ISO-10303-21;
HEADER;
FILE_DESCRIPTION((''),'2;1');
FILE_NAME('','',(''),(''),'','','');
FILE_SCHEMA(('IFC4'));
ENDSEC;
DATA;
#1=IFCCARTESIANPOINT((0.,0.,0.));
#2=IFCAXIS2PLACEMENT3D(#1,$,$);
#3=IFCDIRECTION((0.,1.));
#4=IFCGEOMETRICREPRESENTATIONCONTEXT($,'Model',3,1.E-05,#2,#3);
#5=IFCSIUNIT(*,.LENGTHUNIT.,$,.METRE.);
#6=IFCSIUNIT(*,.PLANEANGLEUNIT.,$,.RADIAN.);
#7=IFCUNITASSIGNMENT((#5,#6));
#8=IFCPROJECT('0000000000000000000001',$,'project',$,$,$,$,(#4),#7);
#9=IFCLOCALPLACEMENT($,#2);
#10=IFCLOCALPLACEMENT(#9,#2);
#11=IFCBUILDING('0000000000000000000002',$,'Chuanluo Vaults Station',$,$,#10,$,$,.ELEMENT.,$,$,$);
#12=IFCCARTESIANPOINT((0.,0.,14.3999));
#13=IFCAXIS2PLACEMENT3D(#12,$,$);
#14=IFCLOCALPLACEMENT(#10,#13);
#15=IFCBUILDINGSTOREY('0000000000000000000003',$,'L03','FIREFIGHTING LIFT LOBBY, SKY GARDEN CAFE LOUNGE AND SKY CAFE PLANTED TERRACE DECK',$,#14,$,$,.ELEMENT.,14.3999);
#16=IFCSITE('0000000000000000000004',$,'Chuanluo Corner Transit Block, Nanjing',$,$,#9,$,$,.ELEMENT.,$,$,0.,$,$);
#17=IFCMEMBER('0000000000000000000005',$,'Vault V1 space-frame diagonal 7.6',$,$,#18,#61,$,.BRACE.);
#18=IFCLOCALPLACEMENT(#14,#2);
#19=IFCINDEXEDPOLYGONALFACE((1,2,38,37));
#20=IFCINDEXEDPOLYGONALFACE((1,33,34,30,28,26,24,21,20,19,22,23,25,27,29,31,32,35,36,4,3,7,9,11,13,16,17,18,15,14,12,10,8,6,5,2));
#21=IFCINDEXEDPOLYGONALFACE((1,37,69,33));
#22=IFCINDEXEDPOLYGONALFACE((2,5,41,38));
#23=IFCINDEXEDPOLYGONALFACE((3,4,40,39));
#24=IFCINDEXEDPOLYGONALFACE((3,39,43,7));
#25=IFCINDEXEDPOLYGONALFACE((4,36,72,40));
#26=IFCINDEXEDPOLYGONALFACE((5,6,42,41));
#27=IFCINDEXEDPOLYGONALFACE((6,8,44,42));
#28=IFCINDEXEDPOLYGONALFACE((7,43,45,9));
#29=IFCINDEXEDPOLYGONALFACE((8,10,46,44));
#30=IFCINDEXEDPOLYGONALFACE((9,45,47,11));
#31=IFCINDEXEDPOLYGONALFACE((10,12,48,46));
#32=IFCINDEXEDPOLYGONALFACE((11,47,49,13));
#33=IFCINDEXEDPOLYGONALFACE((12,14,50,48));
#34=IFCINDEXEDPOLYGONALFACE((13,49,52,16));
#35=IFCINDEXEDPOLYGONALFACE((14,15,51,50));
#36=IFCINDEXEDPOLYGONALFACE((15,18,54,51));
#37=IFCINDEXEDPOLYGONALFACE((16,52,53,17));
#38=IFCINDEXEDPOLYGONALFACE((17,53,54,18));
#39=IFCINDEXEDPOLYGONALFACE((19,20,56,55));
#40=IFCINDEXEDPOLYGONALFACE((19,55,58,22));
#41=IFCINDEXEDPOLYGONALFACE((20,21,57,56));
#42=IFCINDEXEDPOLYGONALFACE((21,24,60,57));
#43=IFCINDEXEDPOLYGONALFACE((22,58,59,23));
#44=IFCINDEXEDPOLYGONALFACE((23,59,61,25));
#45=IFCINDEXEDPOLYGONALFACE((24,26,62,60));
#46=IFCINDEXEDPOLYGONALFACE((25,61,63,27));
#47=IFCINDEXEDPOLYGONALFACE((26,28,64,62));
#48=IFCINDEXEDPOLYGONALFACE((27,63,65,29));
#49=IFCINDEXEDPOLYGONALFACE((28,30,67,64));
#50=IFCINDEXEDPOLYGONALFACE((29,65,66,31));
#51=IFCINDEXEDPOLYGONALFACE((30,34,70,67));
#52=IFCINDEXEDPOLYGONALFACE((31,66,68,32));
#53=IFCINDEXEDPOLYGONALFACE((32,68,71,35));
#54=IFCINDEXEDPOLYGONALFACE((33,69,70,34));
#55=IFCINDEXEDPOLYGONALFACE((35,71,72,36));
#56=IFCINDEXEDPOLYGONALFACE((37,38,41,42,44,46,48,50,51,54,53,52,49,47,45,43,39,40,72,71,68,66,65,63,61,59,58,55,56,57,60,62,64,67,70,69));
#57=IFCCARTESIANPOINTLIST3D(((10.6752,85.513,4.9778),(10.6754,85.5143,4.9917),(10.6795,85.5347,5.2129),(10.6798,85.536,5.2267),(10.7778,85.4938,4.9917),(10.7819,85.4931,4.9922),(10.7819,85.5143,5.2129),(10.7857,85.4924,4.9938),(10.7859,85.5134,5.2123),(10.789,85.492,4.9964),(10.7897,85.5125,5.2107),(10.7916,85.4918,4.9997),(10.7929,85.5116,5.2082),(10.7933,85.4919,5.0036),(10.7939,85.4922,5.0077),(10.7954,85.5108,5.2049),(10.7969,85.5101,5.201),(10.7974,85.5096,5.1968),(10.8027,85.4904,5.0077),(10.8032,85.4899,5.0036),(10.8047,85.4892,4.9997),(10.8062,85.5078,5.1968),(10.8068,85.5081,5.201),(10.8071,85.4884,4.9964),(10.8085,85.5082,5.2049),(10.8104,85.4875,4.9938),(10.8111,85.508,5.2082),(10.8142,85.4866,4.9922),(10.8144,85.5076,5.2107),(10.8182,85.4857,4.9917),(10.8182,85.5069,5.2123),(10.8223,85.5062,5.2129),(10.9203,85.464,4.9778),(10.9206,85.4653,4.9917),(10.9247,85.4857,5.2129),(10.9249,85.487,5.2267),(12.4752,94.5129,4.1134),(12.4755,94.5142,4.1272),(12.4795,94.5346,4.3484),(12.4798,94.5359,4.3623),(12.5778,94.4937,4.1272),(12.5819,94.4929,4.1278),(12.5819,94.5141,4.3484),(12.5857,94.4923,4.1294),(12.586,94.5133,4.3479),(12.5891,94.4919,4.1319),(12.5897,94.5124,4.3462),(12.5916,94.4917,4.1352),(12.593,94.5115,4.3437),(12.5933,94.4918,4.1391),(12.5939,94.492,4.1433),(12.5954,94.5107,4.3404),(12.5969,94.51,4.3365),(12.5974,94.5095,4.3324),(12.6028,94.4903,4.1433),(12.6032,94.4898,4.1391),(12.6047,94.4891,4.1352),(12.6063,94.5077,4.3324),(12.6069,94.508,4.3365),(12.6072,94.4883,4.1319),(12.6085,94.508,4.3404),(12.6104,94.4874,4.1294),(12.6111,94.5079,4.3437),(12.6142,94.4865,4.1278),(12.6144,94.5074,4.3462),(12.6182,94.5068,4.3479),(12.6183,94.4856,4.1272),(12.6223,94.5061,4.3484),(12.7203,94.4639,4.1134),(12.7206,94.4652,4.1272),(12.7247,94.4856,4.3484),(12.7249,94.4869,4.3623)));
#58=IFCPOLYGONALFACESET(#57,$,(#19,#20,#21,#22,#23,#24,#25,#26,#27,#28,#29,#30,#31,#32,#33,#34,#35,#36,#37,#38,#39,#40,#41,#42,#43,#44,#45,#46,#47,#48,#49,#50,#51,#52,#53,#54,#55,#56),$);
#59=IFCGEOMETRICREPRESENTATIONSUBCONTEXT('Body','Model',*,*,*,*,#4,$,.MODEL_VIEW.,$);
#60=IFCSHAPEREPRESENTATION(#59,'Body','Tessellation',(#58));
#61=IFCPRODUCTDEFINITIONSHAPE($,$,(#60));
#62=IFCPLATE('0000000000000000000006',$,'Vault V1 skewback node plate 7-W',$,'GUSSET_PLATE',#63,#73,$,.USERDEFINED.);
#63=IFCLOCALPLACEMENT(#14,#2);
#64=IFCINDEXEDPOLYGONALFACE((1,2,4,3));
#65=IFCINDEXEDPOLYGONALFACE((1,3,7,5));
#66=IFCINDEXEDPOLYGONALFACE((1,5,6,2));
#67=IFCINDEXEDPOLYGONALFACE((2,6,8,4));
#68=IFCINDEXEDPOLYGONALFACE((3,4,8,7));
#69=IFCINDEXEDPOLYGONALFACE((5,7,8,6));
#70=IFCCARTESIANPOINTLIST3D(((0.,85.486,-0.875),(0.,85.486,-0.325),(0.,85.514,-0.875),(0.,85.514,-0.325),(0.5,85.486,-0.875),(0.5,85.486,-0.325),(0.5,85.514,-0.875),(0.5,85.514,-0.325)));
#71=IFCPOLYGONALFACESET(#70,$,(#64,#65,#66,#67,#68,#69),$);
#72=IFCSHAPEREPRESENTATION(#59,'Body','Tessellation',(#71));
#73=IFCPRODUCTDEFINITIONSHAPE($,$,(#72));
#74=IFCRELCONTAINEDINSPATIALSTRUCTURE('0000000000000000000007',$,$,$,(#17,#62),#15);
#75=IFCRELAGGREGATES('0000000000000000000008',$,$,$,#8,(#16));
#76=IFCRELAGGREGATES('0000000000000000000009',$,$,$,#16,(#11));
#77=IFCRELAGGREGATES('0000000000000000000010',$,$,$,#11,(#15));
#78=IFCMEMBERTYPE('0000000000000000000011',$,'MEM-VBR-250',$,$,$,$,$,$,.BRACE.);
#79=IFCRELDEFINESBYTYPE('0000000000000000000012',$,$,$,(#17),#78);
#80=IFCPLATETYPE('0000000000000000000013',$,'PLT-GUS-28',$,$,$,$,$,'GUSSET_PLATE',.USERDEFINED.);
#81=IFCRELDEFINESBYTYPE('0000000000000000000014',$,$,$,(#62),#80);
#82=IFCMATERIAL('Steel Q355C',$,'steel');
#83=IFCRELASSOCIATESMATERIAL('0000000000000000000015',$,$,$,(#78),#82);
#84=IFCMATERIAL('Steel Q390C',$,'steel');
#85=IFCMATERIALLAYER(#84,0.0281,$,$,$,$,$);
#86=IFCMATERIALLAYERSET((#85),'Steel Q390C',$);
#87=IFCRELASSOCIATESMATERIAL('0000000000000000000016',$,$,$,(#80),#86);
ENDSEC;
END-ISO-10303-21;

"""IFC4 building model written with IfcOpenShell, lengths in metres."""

from ifc_helpers import new_model, si_unit, direction, frame, origin, origin_2d, place, context, subcontext, project, spatial, rectangle, i_section, extrude, material, layer, layer_set, material_profile, profile_set, type_object, element, save


model = new_model("IFC4")

# Units and contexts
model_context = context("Model", 3, precision=1e-05, world=origin(), true_north=direction((0.0, 1.0)))
body_context = subcontext(model_context, "Body", "Model", "MODEL_VIEW")
ifc_project = project(units=[si_unit("LENGTHUNIT", "METRE"), si_unit("PLANEANGLEUNIT", "RADIAN")], contexts=[model_context])

# Site, building, storey
site_placement = place(None, origin())
site = spatial("IfcSite", under=ifc_project, at=site_placement, Name="Chuanluo Corner Transit Block, Nanjing", CompositionType="ELEMENT", RefElevation=0.0)
building_placement = place(site_placement, origin())
building = spatial("IfcBuilding", under=site, at=building_placement, Name="Chuanluo Vaults Station", CompositionType="ELEMENT")
storey_placement = place(building_placement, frame((0.0, 0.0, 14.3999)))
storey = spatial("IfcBuildingStorey", under=building, at=storey_placement, Name="L03", Description="FIREFIGHTING LIFT LOBBY, SKY GARDEN CAFE LOUNGE AND SKY CAFE PLANTED TERRACE DECK", CompositionType="ELEMENT", Elevation=14.3999)

# Member
ifc_material_1 = material(Name="Steel Q355C", Category="steel")
ifc_material_profile_1 = material_profile(ifc_material_1, i_section(OverallWidth=0.25, OverallDepth=0.25, WebThickness=0.009, FlangeThickness=0.0139, FilletRadius=0.0161, at=origin_2d()))
ifc_profile_set_1 = profile_set([ifc_material_profile_1], Name="Steel Q355C")
member_type_1 = type_object("IfcMemberType", Name="MEM-VBR-250", PredefinedType="BRACE", material=ifc_profile_set_1)
member_1_placement = place(storey_placement, frame((10.8, 85.5, 5.1023), z_axis=(0.195257, 0.976259, -0.093775), x_axis=(-0.98058, 0.196121, 0.0)))
element("IfcMember", 1, at=member_1_placement, inside=storey, type_object=member_type_1, Name="Vault V1 space-frame diagonal 7.6", PredefinedType="BRACE", context=body_context, shape_type="SweptSolid", body=[
    extrude(i_section(OverallWidth=0.25, OverallDepth=0.25, WebThickness=0.009, FlangeThickness=0.0139, FilletRadius=0.0161, at=origin_2d()), origin(), (0.0, 0.0, 1.0), 9.2188),
])

# Plate
ifc_material_2 = material(Name="Steel Q390C", Category="steel")
ifc_layer = layer(ifc_material_2, 0.0281)
ifc_layer_set = layer_set([ifc_layer], Name="Steel Q390C")
plate_type = type_object("IfcPlateType", Name="PLT-GUS-28", ElementType="GUSSET_PLATE", PredefinedType="USERDEFINED", material=ifc_layer_set)
plate_placement = place(storey_placement, frame((0.25, 85.5, -0.875), z_axis=(0.0, 0.0, 1.0), x_axis=(1.0, 0.0, 0.0)))
element("IfcPlate", 2, at=plate_placement, inside=storey, type_object=plate_type, Name="Vault V1 skewback node plate 7-W", ObjectType="GUSSET_PLATE", PredefinedType="USERDEFINED", context=body_context, shape_type="SweptSolid", body=[
    extrude(rectangle(XDim=0.5, YDim=0.0281, at=origin_2d()), origin(), (0.0, 0.0, 1.0), 0.55),
])

save(model, "model.ifc")
